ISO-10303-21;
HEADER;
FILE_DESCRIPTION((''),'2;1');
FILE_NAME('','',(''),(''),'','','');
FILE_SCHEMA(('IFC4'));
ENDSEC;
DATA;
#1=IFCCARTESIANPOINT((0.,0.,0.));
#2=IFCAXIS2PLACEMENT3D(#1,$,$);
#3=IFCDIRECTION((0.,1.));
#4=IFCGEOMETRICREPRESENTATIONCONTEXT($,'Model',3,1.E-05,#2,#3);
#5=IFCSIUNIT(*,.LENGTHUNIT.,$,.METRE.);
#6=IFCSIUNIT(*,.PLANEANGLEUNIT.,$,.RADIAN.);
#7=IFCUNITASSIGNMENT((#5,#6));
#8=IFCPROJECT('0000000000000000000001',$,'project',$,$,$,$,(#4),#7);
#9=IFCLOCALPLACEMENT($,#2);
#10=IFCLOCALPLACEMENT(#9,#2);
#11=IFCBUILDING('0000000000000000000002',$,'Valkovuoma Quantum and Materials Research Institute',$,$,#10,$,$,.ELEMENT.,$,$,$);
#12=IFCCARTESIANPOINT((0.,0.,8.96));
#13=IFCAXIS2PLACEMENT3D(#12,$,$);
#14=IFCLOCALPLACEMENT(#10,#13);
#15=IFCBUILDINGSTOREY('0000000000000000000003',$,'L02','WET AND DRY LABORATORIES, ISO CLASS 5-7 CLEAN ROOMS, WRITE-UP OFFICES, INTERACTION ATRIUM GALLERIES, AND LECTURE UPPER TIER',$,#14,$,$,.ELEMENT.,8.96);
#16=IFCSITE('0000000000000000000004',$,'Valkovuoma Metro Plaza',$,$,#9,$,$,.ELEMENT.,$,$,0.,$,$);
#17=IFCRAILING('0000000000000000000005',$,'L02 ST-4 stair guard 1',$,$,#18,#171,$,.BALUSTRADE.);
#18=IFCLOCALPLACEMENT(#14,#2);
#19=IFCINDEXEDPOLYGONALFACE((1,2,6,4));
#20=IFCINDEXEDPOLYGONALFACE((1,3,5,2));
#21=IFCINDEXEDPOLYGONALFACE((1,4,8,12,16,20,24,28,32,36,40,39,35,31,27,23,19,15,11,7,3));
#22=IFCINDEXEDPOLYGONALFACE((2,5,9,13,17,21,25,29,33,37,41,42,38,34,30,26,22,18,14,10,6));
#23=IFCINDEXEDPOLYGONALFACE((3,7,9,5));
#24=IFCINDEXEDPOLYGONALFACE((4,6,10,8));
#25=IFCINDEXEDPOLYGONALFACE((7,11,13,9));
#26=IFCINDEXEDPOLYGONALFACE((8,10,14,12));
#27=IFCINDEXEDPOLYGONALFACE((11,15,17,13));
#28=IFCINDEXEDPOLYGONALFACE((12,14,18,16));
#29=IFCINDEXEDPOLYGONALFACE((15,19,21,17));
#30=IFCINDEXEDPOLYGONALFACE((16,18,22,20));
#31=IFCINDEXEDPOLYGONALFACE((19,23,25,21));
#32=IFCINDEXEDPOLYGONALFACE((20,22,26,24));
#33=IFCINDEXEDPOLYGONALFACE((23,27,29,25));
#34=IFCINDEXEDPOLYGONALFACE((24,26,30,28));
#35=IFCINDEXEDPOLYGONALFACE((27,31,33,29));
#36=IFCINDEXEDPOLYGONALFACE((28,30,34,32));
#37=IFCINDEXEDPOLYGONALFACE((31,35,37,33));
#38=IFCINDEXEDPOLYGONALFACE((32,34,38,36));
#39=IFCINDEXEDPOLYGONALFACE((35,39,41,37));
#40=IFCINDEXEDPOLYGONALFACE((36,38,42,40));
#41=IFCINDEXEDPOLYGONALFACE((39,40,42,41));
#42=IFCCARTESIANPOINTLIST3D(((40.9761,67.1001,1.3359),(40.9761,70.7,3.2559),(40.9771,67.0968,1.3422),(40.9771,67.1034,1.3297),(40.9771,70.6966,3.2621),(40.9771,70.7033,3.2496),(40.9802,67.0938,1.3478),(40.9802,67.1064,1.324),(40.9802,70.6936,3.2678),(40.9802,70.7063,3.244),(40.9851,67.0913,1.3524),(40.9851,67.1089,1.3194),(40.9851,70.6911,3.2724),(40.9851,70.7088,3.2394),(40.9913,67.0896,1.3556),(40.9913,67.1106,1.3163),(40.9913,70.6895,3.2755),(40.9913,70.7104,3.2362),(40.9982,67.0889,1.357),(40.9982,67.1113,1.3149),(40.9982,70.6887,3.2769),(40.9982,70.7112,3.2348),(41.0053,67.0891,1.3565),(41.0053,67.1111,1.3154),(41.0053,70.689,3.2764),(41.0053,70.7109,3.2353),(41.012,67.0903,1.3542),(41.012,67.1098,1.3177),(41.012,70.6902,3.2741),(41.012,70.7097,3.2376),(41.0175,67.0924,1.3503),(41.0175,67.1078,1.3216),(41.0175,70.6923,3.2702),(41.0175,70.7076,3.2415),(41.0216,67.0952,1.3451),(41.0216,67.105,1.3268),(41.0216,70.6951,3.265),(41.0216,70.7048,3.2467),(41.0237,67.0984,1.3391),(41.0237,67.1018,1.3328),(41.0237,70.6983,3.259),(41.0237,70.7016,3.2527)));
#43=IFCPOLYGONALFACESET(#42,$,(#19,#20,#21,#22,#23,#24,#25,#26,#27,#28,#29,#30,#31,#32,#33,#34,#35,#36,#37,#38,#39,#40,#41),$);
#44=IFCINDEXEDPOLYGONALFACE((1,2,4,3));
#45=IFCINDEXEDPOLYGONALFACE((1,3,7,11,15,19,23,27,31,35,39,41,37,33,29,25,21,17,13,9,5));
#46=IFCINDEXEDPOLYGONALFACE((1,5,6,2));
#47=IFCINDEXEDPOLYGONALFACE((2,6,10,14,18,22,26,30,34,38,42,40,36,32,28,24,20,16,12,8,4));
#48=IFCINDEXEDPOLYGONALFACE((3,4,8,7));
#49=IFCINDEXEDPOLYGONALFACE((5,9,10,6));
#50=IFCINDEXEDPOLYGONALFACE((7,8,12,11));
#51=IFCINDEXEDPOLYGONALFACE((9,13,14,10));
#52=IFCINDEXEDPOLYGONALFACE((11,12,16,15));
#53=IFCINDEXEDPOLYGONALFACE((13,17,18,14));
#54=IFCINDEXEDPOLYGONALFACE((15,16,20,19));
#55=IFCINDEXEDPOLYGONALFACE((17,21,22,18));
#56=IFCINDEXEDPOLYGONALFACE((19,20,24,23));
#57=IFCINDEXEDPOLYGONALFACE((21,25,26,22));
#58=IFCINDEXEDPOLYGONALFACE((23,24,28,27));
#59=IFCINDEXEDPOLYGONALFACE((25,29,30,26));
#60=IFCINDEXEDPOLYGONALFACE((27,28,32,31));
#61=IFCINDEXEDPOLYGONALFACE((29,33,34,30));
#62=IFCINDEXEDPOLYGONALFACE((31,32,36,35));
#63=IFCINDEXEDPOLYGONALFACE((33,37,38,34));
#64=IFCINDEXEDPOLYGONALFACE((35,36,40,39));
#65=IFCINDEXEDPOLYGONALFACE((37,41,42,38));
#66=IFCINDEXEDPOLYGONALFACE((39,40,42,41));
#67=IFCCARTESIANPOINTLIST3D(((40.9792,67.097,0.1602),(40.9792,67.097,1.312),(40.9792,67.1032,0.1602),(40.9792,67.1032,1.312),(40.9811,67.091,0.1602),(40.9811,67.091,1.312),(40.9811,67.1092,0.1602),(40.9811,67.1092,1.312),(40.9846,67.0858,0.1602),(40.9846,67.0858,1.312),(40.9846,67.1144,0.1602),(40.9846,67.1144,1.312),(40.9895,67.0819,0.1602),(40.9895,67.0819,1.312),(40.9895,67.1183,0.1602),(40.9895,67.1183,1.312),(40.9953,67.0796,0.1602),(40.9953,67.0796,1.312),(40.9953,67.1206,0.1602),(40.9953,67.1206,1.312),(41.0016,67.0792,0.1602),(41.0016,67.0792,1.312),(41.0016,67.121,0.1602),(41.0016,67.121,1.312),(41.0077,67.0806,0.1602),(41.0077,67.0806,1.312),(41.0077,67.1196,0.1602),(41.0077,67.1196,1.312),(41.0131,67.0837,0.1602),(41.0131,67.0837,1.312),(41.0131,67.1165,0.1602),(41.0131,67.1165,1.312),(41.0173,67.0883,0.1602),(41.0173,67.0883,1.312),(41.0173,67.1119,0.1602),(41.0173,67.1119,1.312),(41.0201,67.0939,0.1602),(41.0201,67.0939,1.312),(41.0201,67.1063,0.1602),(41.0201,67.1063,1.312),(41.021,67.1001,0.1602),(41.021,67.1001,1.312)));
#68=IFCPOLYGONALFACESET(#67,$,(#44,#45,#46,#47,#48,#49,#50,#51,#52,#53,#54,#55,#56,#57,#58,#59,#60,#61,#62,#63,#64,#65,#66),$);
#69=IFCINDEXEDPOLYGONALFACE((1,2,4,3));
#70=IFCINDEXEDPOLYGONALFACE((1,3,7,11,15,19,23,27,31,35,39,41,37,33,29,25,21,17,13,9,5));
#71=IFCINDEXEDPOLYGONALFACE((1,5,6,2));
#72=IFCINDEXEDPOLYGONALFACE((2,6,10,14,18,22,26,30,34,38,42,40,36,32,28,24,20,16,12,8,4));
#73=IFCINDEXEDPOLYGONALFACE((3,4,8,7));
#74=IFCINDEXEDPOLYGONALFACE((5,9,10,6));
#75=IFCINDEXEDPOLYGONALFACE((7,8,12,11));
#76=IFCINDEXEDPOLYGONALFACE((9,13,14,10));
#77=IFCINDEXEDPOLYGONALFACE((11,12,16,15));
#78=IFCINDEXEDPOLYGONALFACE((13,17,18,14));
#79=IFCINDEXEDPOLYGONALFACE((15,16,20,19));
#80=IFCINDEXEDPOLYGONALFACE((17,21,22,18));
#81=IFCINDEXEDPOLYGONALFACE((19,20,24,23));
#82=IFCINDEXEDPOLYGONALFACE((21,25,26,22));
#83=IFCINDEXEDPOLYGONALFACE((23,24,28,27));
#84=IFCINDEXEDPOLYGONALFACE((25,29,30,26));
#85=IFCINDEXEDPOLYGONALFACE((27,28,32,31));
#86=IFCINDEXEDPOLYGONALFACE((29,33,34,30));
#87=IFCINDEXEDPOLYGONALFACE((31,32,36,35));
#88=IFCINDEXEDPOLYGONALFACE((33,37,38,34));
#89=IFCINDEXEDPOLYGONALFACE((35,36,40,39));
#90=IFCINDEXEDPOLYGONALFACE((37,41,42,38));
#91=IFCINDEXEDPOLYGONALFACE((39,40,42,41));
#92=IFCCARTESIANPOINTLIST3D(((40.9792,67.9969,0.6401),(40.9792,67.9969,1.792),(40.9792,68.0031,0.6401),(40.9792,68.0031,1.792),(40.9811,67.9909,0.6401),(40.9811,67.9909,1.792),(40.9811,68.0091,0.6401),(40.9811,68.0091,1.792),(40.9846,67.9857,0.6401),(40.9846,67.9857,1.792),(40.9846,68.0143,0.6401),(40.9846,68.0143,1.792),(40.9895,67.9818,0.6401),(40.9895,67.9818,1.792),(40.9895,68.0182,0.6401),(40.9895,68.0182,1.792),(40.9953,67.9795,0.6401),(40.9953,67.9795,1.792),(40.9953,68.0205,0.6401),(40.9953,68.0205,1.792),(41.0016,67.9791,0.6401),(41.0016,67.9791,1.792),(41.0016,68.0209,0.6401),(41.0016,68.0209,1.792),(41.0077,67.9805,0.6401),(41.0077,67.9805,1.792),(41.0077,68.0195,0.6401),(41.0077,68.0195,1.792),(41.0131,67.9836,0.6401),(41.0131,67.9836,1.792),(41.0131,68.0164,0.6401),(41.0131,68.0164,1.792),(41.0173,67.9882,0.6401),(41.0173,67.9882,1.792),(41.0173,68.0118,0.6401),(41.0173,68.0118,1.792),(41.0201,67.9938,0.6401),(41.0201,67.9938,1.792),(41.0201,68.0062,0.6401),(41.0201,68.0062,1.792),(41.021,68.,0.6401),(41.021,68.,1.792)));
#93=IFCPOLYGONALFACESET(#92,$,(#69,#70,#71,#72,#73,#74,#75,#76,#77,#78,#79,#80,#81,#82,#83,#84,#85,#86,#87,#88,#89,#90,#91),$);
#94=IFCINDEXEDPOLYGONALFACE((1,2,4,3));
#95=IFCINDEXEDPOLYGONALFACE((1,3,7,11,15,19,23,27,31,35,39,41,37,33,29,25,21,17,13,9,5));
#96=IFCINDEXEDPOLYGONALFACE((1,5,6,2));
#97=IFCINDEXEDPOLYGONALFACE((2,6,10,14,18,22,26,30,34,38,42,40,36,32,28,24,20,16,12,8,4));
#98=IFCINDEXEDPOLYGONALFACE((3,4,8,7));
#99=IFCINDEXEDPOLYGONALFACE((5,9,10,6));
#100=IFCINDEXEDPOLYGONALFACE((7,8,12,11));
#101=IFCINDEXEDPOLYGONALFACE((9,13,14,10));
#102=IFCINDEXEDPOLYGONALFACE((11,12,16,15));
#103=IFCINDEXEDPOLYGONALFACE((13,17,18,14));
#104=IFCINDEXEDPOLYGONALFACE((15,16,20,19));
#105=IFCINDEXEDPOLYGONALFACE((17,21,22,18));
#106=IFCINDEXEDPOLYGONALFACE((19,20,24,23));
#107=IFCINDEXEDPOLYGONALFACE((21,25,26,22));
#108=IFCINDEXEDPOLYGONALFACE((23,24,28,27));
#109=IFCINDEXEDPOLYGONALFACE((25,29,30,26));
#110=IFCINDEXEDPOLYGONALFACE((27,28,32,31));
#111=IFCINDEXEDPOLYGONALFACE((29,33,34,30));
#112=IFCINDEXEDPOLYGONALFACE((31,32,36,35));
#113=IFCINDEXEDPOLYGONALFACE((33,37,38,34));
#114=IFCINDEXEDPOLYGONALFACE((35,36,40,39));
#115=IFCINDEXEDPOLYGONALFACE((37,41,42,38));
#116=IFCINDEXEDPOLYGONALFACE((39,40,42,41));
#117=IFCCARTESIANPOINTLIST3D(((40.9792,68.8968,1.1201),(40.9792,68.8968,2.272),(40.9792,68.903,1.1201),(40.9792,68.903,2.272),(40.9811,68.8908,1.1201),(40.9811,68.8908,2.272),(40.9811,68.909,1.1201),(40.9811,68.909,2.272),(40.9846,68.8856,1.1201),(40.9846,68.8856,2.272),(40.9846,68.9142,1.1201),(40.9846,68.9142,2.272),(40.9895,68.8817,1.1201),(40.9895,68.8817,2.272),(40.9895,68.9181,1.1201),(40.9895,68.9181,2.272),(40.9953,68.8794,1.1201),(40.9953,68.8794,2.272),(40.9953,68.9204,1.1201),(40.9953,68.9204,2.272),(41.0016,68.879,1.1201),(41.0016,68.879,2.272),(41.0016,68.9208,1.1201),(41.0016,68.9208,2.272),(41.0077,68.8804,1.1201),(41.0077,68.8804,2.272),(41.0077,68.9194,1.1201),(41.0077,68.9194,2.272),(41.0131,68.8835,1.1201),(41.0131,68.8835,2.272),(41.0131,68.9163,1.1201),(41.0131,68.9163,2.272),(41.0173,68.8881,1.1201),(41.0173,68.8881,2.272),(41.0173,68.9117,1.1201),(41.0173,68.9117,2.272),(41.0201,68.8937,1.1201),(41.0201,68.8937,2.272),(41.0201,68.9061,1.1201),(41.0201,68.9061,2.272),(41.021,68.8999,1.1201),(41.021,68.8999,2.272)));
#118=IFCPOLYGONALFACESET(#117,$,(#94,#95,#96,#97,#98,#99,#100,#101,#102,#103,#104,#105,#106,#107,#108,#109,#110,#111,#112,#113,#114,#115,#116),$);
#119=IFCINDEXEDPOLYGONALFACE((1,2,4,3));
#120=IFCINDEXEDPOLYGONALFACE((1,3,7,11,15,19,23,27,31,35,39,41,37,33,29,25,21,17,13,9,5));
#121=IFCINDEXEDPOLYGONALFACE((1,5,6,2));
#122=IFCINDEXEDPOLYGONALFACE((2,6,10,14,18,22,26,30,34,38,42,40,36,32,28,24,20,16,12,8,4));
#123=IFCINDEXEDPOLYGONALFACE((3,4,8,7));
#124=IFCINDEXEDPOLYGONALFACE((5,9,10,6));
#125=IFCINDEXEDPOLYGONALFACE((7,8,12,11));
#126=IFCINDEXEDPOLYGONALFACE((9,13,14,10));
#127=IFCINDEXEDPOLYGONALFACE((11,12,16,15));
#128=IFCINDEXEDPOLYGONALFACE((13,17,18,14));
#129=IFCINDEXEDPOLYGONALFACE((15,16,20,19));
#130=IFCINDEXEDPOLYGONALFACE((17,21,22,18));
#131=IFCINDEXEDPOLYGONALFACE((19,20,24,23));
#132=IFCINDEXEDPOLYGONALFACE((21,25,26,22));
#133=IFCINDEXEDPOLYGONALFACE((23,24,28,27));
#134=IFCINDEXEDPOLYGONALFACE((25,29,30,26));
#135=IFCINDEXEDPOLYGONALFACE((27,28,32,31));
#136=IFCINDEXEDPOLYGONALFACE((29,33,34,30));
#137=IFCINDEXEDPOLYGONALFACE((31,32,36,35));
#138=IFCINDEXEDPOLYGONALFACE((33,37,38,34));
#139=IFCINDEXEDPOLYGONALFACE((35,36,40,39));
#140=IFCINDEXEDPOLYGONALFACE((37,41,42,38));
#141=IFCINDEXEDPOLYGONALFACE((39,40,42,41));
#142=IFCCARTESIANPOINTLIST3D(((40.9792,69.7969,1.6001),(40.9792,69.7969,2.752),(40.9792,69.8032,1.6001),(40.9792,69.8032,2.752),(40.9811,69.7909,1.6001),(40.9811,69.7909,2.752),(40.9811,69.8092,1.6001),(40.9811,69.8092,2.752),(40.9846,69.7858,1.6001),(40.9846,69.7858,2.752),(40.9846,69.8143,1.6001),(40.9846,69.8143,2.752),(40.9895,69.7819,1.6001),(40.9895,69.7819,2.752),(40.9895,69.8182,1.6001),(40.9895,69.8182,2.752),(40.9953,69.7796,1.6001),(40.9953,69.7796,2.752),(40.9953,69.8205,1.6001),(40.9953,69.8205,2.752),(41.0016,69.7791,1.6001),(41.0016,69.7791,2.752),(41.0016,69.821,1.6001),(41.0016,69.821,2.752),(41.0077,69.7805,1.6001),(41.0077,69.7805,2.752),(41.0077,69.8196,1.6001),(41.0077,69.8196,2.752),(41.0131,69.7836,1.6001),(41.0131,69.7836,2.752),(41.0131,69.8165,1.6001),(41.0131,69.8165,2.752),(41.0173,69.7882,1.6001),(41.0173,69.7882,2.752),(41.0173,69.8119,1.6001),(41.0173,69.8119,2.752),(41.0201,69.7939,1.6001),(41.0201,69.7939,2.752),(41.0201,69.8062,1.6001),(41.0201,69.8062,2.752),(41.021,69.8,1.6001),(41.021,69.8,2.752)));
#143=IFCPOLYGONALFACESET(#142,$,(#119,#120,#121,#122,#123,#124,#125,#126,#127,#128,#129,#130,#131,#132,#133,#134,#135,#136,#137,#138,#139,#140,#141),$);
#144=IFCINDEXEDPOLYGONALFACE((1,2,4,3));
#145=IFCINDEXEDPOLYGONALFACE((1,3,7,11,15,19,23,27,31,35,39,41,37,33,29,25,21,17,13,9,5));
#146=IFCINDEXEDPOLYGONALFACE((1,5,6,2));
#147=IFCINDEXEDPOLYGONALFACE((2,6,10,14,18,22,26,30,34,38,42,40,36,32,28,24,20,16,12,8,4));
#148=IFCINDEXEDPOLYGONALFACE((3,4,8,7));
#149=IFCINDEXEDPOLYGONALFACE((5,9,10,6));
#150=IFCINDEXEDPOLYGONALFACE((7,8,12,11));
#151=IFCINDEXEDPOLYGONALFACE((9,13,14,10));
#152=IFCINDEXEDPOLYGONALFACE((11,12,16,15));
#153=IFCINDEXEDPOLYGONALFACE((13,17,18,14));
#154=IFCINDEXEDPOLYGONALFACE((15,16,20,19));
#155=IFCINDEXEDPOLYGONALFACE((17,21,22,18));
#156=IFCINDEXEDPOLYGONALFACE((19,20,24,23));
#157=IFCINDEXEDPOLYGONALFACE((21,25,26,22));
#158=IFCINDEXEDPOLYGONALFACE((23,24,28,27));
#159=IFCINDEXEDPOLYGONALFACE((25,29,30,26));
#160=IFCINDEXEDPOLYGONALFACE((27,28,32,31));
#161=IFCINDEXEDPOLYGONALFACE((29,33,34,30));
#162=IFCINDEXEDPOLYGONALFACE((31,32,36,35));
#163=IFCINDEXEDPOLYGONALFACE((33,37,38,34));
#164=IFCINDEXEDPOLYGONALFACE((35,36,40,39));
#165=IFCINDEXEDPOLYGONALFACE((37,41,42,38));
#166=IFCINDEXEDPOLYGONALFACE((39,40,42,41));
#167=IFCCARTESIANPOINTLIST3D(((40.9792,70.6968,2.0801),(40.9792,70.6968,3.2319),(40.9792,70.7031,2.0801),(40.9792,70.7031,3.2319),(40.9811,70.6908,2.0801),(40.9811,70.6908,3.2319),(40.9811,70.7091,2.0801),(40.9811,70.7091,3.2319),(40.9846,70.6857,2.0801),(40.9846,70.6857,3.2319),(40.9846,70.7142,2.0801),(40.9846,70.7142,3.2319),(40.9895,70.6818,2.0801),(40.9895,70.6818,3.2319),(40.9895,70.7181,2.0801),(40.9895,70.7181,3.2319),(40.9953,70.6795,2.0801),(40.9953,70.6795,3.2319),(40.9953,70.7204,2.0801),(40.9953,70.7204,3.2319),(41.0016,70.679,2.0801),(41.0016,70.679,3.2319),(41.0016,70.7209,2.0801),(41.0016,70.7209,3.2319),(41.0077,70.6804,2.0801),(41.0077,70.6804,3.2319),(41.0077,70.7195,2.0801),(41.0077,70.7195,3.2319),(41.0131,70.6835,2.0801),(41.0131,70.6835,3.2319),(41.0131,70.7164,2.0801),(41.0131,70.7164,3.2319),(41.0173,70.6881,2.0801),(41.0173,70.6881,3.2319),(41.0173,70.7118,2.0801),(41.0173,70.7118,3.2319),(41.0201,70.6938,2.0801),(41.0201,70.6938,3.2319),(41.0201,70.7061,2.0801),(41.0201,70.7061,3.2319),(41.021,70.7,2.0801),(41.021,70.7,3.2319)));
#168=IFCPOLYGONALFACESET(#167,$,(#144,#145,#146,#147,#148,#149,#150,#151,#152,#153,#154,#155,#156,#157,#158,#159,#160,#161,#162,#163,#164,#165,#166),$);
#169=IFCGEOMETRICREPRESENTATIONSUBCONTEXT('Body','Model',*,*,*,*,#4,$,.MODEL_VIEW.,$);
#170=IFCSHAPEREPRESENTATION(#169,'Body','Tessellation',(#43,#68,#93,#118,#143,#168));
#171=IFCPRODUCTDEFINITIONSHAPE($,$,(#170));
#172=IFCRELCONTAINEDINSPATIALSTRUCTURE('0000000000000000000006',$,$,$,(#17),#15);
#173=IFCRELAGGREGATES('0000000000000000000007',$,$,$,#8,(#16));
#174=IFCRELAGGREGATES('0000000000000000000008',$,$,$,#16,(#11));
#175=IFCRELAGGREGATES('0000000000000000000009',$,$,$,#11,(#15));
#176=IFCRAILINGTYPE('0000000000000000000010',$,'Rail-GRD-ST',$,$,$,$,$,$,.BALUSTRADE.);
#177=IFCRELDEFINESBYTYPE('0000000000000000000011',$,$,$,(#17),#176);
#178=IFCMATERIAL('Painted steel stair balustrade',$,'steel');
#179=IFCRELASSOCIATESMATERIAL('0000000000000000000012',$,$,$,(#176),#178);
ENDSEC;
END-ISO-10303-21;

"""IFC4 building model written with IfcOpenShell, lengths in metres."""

from ifc_helpers import new_model, si_unit, direction, frame, origin, origin_2d, place, context, subcontext, project, spatial, circle, extrude, material, type_object, element, save


model = new_model("IFC4")

# Units and contexts
model_context = context("Model", 3, precision=1e-05, world=origin(), true_north=direction((0.0, 1.0)))
body_context = subcontext(model_context, "Body", "Model", "MODEL_VIEW")
ifc_project = project(units=[si_unit("LENGTHUNIT", "METRE"), si_unit("PLANEANGLEUNIT", "RADIAN")], contexts=[model_context])

# Site, building, storey
site_placement = place(None, origin())
site = spatial("IfcSite", under=ifc_project, at=site_placement, Name="Valkovuoma Metro Plaza", CompositionType="ELEMENT", RefElevation=0.0)
building_placement = place(site_placement, origin())
building = spatial("IfcBuilding", under=site, at=building_placement, Name="Valkovuoma Quantum and Materials Research Institute", CompositionType="ELEMENT")
storey_placement = place(building_placement, frame((0.0, 0.0, 8.96)))
storey = spatial("IfcBuildingStorey", under=building, at=storey_placement, Name="L02", Description="WET AND DRY LABORATORIES, ISO CLASS 5-7 CLEAN ROOMS, WRITE-UP OFFICES, INTERACTION ATRIUM GALLERIES, AND LECTURE UPPER TIER", CompositionType="ELEMENT", Elevation=8.96)

# Railing
ifc_material_1 = material(Name="Painted steel stair balustrade", Category="steel")
railing_type_1 = type_object("IfcRailingType", Name="Rail-GRD-ST", PredefinedType="BALUSTRADE", material=ifc_material_1)
railing_1_placement = place(storey_placement, frame((41.0, 67.1001, 0.1602)))
element("IfcRailing", 1, at=railing_1_placement, inside=storey, type_object=railing_type_1, Name="L02 ST-4 stair guard 1", PredefinedType="BALUSTRADE", context=body_context, shape_type="SweptSolid", body=[
    extrude(circle(Radius=0.0239, at=origin_2d()), frame((0.0, 0.0, 1.1758), z_axis=(0.0, 0.882353, 0.470588), x_axis=(-1.0, 0.0, 0.0)), (0.0, 0.0, 1.0), 4.0798),
    extrude(circle(Radius=0.021, at=origin_2d()), origin(), (0.0, 0.0, 1.0), 1.1519),
    extrude(circle(Radius=0.021, at=origin_2d()), frame((0.0, 0.8999, 0.48)), (0.0, 0.0, 1.0), 1.1519),
    extrude(circle(Radius=0.021, at=origin_2d()), frame((0.0, 1.7998, 0.96)), (0.0, 0.0, 1.0), 1.1519),
    extrude(circle(Radius=0.021, at=origin_2d()), frame((0.0, 2.7, 1.4399)), (0.0, 0.0, 1.0), 1.1519),
    extrude(circle(Radius=0.021, at=origin_2d()), frame((0.0, 3.5999, 1.9199)), (0.0, 0.0, 1.0), 1.1519),
])

save(model, "model.ifc")
